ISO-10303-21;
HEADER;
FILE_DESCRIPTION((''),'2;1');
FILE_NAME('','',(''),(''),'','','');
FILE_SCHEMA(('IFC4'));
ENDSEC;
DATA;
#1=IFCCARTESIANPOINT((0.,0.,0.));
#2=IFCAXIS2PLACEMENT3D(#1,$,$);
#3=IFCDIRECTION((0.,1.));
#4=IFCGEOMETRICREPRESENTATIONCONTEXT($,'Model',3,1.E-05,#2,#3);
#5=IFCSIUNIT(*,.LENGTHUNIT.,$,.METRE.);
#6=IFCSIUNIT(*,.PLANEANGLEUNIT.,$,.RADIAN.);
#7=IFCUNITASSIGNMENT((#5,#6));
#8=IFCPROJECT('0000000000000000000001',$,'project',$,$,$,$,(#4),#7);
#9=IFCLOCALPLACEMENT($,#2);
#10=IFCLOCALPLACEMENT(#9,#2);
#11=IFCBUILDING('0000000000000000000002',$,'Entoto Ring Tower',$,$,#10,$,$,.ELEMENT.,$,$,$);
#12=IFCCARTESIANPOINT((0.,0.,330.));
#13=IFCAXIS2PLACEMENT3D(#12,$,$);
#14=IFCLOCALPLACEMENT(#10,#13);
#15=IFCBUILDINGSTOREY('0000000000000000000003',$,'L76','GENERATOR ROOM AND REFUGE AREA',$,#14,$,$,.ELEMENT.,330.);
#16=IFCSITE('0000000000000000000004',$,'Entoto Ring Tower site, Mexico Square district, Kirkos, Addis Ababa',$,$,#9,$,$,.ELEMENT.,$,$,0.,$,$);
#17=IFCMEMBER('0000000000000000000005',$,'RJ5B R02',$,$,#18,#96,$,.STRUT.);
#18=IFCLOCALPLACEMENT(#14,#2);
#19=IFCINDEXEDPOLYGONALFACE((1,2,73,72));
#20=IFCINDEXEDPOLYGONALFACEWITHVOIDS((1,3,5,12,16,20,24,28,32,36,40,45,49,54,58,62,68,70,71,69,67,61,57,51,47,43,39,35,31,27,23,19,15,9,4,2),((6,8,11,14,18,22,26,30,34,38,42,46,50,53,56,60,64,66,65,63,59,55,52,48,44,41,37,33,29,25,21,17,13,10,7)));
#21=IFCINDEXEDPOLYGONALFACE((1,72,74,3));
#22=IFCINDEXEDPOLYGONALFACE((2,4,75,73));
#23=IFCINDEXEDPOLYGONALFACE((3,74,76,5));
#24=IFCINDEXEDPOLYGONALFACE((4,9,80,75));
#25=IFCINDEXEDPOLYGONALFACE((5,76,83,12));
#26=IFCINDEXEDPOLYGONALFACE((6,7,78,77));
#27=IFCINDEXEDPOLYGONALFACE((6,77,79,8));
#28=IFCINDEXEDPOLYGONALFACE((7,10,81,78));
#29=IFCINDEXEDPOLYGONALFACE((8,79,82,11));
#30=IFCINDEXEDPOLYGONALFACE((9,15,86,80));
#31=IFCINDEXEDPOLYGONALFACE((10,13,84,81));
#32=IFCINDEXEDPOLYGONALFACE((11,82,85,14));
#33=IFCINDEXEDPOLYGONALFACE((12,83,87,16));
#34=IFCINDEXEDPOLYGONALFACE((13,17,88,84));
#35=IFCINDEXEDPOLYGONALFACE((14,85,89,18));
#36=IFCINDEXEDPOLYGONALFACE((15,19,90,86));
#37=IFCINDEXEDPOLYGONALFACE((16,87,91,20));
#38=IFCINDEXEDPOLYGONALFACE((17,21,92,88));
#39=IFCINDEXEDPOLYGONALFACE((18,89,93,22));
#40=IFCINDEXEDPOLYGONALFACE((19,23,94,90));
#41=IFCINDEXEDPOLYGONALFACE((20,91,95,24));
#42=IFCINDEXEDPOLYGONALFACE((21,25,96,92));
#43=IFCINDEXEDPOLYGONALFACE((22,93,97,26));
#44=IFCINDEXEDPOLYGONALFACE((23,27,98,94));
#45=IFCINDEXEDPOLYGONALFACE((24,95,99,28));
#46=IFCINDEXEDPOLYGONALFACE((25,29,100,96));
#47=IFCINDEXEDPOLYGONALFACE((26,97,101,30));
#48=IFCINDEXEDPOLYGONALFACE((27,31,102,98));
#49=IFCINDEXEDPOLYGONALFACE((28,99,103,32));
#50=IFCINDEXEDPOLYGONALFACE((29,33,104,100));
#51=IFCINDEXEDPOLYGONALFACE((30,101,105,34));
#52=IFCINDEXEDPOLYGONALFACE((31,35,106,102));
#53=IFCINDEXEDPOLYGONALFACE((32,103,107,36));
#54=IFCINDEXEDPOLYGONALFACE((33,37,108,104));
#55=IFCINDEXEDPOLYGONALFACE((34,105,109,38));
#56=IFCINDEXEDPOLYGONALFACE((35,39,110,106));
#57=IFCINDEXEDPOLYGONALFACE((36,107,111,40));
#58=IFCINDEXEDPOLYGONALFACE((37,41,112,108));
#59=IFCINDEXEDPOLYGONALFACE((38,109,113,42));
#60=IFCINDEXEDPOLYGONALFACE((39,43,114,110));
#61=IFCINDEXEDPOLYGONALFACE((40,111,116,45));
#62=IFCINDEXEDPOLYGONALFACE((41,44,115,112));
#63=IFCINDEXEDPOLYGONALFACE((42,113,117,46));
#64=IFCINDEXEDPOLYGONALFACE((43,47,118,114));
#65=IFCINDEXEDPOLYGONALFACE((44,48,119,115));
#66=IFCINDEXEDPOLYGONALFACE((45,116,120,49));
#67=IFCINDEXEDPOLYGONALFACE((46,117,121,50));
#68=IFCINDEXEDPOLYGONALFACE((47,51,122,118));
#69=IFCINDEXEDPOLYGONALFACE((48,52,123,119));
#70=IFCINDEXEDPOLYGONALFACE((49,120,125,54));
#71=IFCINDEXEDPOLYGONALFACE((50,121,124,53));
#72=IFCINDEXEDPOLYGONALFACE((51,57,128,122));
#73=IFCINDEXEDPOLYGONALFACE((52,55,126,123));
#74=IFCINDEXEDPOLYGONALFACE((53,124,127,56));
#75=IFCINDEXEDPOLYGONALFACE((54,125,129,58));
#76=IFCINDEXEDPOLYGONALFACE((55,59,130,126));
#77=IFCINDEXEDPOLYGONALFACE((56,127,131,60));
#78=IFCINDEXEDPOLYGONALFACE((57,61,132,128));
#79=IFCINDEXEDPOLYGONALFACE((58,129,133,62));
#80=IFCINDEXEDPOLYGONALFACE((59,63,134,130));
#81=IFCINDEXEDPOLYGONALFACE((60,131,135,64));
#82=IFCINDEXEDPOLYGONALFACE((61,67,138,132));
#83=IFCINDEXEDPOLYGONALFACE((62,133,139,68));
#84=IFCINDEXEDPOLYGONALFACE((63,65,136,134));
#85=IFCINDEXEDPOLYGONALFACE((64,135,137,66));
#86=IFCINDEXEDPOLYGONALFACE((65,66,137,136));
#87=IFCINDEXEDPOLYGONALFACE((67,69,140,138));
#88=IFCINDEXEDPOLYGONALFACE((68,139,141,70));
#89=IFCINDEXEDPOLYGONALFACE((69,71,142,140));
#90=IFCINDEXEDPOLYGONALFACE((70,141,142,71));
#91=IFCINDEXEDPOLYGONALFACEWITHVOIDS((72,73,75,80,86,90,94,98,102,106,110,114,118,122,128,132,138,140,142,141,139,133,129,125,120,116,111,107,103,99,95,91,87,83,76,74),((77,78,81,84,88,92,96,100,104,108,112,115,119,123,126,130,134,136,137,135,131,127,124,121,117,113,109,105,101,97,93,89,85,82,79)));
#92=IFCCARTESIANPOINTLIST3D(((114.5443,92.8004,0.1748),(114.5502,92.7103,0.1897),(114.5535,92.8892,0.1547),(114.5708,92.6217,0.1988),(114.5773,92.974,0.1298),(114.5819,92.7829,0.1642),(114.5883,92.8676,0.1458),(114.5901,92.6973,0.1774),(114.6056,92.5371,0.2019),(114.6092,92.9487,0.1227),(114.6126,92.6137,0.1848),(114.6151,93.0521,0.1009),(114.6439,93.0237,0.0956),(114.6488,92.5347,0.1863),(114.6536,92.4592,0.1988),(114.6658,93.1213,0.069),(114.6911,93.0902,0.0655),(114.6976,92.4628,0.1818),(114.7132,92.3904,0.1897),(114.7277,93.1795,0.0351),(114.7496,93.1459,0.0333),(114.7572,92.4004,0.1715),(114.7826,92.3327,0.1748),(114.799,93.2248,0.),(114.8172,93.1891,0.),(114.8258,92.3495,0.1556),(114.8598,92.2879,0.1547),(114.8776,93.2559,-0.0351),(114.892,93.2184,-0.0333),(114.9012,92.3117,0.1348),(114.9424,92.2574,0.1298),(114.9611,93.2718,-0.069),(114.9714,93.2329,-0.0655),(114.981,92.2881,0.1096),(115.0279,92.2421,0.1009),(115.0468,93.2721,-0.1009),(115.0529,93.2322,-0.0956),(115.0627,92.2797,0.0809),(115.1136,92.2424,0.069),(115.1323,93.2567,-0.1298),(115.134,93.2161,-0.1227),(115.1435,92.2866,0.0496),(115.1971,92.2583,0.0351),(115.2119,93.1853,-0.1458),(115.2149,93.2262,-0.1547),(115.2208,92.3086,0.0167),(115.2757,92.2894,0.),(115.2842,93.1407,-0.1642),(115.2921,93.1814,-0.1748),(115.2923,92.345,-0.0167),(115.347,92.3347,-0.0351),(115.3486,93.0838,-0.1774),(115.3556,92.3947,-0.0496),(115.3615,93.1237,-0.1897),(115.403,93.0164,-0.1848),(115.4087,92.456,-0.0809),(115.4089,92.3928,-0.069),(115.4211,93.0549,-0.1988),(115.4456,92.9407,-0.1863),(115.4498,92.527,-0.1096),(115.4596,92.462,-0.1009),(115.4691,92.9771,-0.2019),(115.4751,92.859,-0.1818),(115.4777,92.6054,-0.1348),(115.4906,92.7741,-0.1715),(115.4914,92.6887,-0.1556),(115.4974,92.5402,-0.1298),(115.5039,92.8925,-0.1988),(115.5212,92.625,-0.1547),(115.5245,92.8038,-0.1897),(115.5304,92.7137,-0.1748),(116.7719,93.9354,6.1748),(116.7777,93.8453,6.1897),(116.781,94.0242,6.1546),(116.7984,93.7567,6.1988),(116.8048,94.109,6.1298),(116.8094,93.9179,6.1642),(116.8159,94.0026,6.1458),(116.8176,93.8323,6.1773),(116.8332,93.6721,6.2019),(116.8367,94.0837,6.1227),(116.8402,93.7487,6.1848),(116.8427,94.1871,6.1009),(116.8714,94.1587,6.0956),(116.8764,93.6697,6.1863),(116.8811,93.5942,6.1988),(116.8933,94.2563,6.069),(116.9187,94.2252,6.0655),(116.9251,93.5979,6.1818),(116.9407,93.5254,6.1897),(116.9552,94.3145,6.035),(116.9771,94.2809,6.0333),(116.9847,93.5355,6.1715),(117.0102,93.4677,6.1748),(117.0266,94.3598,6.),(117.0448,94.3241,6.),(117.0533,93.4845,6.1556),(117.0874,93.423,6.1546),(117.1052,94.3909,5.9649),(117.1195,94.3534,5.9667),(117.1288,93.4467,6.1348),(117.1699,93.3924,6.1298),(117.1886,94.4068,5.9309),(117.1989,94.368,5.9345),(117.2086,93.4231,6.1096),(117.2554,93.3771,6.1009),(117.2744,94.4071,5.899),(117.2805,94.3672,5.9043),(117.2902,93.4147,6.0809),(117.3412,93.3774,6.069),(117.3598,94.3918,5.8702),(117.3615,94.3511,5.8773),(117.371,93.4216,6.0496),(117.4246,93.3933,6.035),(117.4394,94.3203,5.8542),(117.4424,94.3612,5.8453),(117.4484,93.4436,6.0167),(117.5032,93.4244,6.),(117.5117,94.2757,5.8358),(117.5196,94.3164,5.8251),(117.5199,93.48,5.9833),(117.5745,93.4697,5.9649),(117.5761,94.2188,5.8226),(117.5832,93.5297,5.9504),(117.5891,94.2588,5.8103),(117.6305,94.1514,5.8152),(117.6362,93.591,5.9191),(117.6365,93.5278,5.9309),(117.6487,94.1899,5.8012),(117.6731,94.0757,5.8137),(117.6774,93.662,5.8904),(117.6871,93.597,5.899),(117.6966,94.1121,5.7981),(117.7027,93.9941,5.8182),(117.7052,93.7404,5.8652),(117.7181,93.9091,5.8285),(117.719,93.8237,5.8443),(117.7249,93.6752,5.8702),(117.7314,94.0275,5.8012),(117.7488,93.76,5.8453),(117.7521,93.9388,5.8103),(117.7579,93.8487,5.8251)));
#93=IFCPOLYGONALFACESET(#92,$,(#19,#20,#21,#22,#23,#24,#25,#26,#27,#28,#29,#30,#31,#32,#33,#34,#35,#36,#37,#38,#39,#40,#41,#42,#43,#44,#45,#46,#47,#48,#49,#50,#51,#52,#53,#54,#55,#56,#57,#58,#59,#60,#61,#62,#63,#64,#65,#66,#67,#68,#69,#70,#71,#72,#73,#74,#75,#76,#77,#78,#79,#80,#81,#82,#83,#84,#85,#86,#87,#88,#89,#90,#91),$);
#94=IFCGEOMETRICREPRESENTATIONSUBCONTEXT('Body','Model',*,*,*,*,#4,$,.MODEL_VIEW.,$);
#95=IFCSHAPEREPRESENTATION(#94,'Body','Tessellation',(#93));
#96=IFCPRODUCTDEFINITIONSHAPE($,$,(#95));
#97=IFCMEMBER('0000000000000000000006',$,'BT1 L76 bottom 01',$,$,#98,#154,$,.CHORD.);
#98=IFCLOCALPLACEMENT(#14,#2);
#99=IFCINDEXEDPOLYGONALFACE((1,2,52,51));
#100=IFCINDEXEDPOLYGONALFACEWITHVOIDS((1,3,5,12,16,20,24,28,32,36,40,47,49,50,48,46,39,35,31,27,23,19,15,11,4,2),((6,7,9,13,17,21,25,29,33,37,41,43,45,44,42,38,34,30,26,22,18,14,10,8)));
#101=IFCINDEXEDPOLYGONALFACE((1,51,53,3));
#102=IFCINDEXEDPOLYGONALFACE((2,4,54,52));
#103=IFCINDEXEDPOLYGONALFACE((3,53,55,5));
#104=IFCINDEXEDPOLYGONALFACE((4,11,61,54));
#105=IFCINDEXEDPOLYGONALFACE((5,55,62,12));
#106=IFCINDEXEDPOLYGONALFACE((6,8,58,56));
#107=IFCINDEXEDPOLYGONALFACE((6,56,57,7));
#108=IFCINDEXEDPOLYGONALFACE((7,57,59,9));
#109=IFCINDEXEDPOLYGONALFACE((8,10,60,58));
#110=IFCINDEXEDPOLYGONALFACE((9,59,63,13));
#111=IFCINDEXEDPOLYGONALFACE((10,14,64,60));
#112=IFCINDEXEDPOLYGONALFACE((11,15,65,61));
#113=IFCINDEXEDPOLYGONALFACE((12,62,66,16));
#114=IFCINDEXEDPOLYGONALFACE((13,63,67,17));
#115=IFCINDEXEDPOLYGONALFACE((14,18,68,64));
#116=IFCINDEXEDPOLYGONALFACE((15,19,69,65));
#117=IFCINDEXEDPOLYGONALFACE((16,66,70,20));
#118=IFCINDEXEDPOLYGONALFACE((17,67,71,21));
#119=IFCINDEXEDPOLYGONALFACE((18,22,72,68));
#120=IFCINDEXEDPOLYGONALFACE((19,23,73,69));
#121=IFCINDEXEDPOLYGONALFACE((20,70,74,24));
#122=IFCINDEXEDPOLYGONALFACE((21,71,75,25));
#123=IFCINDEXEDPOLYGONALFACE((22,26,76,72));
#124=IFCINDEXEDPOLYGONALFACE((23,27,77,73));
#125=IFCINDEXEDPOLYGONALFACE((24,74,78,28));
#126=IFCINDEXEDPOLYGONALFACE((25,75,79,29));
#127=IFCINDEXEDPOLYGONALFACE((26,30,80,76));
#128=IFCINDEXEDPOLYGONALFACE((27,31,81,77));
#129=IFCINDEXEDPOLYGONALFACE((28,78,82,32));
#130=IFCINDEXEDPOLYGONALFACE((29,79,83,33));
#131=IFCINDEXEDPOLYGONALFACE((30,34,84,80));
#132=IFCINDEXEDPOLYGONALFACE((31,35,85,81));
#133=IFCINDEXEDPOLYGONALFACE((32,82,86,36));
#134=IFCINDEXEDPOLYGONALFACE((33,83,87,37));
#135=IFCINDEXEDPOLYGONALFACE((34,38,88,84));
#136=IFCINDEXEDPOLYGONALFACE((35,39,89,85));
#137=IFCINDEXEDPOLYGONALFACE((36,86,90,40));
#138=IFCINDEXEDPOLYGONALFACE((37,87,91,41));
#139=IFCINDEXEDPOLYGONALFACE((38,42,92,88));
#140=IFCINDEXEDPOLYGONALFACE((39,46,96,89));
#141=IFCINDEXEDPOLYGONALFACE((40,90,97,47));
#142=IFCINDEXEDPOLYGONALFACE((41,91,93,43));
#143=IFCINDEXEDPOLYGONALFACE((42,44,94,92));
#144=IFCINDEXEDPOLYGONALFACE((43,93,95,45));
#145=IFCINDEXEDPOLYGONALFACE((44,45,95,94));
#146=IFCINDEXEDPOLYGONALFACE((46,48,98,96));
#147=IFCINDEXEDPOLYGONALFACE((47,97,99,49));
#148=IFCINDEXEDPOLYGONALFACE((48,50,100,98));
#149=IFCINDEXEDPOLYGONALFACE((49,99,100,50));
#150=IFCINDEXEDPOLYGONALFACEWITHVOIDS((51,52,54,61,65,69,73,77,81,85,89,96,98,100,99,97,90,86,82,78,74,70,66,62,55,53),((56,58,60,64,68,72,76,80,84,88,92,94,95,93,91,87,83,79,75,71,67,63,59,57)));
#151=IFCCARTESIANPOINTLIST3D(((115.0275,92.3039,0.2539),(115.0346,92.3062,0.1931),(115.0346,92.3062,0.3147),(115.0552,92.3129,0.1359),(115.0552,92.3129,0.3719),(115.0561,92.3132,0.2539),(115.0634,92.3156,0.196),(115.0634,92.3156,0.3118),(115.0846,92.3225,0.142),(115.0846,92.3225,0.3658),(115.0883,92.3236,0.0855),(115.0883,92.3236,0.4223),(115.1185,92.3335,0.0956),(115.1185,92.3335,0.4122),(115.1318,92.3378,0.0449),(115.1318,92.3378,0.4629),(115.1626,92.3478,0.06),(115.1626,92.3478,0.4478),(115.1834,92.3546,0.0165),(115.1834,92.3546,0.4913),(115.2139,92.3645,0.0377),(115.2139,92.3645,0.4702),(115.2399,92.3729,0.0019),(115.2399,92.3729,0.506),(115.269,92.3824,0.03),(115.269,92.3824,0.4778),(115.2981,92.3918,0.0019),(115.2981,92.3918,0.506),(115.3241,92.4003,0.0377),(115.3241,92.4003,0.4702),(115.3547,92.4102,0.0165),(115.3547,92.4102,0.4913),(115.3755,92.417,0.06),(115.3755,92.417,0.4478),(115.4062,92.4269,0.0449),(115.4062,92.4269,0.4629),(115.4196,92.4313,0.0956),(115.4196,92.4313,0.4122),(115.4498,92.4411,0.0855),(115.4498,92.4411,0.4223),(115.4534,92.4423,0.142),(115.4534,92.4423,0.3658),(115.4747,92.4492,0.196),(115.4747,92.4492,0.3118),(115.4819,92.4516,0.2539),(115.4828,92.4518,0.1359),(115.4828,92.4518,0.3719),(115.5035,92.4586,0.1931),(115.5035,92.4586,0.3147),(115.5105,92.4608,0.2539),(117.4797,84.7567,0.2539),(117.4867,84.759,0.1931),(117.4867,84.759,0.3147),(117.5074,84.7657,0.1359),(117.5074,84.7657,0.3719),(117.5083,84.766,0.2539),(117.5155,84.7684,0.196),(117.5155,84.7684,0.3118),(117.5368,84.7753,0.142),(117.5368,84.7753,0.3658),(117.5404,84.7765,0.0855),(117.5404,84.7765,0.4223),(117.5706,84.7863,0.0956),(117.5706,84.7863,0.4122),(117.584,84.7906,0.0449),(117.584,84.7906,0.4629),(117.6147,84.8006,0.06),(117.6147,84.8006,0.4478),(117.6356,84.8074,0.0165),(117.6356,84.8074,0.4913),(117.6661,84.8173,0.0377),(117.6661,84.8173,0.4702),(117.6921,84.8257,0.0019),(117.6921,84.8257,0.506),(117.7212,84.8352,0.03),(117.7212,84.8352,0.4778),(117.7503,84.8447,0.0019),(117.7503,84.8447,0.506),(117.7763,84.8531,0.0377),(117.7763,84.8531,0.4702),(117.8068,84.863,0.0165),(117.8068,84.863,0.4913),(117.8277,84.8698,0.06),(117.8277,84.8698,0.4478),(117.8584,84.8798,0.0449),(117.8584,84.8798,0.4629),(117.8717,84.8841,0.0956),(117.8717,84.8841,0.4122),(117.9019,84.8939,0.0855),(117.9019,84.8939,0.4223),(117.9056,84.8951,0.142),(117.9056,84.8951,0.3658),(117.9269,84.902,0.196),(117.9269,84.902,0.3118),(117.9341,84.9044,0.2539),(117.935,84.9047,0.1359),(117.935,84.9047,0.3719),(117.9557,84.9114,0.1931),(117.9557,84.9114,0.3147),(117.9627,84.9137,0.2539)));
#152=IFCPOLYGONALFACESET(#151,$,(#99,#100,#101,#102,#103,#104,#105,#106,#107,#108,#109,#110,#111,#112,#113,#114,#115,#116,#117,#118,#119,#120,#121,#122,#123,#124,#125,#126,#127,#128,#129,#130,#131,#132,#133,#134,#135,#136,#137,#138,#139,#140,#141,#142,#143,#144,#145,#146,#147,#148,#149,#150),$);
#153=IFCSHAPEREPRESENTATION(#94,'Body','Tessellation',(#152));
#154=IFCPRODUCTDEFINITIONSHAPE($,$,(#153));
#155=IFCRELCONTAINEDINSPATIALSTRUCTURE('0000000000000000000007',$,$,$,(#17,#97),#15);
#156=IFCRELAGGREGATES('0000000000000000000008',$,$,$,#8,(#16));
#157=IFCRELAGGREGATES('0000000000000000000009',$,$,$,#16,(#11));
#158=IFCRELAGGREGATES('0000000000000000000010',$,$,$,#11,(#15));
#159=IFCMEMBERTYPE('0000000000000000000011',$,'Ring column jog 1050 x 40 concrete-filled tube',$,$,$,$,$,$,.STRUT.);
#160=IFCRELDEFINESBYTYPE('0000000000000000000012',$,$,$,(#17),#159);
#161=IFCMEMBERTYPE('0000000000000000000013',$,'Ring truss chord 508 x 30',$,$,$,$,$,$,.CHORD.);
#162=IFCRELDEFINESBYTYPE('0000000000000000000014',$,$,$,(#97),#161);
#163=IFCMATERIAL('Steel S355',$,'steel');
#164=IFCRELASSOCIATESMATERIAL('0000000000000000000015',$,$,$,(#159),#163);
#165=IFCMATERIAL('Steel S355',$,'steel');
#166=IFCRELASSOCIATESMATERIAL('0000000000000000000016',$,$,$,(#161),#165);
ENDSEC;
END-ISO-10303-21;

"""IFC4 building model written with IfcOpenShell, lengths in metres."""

from ifc_helpers import new_model, si_unit, direction, frame, origin, origin_2d, place, context, subcontext, project, spatial, circle, hollow_circle, extrude, material, material_profile, profile_set, type_object, element, save


model = new_model("IFC4")

# Units and contexts
model_context = context("Model", 3, precision=1e-05, world=origin(), true_north=direction((0.0, 1.0)))
body_context = subcontext(model_context, "Body", "Model", "MODEL_VIEW")
ifc_project = project(units=[si_unit("LENGTHUNIT", "METRE"), si_unit("PLANEANGLEUNIT", "RADIAN")], contexts=[model_context])

# Site, building, storey
site_placement = place(None, origin())
site = spatial("IfcSite", under=ifc_project, at=site_placement, Name="Entoto Ring Tower site, Mexico Square district, Kirkos, Addis Ababa", CompositionType="ELEMENT", RefElevation=0.0)
building_placement = place(site_placement, origin())
building = spatial("IfcBuilding", under=site, at=building_placement, Name="Entoto Ring Tower", CompositionType="ELEMENT")
storey_placement = place(building_placement, frame((0.0, 0.0, 330.0)))
storey = spatial("IfcBuildingStorey", under=building, at=storey_placement, Name="L76", Description="GENERATOR ROOM AND REFUGE AREA", CompositionType="ELEMENT", Elevation=330.0)

# Members
ifc_material_1 = material(Name="Steel S355", Category="steel")
ifc_material_profile_1 = material_profile(ifc_material_1, hollow_circle(Radius=0.5249, WallThickness=0.04, at=origin_2d()), Name="CHS 1050 x 40")
ifc_material_2 = material(Name="Concrete C60/75", Category="concrete")
ifc_material_profile_2 = material_profile(ifc_material_2, circle(Radius=0.4851, at=origin_2d()), Name="Concrete C60/75 infill")
ifc_profile_set_1 = profile_set([ifc_material_profile_1, ifc_material_profile_2], Name="Steel S355")
member_type_1 = type_object("IfcMemberType", Name="Ring column jog 1050 x 40 concrete-filled tube", PredefinedType="STRUT", material=ifc_profile_set_1)
for number, where, z_axis, x_axis, name in (
    (1, (115.0374, 92.7571, 0.0), (0.342698, 0.174617, 0.923075), (-0.453997, 0.891003, 0.0), "RJ5B R02"),
):
    element("IfcMember", number, at=place(storey_placement, frame(where, z_axis=z_axis, x_axis=x_axis)), inside=storey, type_object=member_type_1, Name=name, PredefinedType="STRUT", context=body_context, shape_type="SweptSolid", body=[
        extrude(hollow_circle(Radius=0.5249, WallThickness=0.04, at=origin_2d()), origin(), (0.0, 0.0, 1.0), 6.5),
    ])
ifc_material_3 = material(Name="Steel S355", Category="steel")
ifc_material_profile_3 = material_profile(ifc_material_3, hollow_circle(Radius=0.2539, WallThickness=0.03, at=origin_2d()), Name="CHS 508 x 30")
ifc_material_4 = material(Name="Concrete C60/75", Category="concrete")
ifc_material_profile_4 = material_profile(ifc_material_4, circle(Radius=0.2241, at=origin_2d()), Name="Concrete C60/75 infill")
ifc_profile_set_2 = profile_set([ifc_material_profile_3, ifc_material_profile_4], Name="Steel S355")
member_type_2 = type_object("IfcMemberType", Name="Ring truss chord 508 x 30", PredefinedType="CHORD", material=ifc_profile_set_2)
member_1_placement = place(storey_placement, frame((117.7212, 84.8352, 0.2539), z_axis=(-0.30901, 0.951059, 0.0), x_axis=(-0.951059, -0.30901, 0.0)))
element("IfcMember", 2, at=member_1_placement, inside=storey, type_object=member_type_2, Name="BT1 L76 bottom 01", PredefinedType="CHORD", context=body_context, shape_type="SweptSolid", body=[
    extrude(hollow_circle(Radius=0.2539, WallThickness=0.03, at=origin_2d()), origin(), (0.0, 0.0, 1.0), 7.9355),
])

save(model, "model.ifc")
